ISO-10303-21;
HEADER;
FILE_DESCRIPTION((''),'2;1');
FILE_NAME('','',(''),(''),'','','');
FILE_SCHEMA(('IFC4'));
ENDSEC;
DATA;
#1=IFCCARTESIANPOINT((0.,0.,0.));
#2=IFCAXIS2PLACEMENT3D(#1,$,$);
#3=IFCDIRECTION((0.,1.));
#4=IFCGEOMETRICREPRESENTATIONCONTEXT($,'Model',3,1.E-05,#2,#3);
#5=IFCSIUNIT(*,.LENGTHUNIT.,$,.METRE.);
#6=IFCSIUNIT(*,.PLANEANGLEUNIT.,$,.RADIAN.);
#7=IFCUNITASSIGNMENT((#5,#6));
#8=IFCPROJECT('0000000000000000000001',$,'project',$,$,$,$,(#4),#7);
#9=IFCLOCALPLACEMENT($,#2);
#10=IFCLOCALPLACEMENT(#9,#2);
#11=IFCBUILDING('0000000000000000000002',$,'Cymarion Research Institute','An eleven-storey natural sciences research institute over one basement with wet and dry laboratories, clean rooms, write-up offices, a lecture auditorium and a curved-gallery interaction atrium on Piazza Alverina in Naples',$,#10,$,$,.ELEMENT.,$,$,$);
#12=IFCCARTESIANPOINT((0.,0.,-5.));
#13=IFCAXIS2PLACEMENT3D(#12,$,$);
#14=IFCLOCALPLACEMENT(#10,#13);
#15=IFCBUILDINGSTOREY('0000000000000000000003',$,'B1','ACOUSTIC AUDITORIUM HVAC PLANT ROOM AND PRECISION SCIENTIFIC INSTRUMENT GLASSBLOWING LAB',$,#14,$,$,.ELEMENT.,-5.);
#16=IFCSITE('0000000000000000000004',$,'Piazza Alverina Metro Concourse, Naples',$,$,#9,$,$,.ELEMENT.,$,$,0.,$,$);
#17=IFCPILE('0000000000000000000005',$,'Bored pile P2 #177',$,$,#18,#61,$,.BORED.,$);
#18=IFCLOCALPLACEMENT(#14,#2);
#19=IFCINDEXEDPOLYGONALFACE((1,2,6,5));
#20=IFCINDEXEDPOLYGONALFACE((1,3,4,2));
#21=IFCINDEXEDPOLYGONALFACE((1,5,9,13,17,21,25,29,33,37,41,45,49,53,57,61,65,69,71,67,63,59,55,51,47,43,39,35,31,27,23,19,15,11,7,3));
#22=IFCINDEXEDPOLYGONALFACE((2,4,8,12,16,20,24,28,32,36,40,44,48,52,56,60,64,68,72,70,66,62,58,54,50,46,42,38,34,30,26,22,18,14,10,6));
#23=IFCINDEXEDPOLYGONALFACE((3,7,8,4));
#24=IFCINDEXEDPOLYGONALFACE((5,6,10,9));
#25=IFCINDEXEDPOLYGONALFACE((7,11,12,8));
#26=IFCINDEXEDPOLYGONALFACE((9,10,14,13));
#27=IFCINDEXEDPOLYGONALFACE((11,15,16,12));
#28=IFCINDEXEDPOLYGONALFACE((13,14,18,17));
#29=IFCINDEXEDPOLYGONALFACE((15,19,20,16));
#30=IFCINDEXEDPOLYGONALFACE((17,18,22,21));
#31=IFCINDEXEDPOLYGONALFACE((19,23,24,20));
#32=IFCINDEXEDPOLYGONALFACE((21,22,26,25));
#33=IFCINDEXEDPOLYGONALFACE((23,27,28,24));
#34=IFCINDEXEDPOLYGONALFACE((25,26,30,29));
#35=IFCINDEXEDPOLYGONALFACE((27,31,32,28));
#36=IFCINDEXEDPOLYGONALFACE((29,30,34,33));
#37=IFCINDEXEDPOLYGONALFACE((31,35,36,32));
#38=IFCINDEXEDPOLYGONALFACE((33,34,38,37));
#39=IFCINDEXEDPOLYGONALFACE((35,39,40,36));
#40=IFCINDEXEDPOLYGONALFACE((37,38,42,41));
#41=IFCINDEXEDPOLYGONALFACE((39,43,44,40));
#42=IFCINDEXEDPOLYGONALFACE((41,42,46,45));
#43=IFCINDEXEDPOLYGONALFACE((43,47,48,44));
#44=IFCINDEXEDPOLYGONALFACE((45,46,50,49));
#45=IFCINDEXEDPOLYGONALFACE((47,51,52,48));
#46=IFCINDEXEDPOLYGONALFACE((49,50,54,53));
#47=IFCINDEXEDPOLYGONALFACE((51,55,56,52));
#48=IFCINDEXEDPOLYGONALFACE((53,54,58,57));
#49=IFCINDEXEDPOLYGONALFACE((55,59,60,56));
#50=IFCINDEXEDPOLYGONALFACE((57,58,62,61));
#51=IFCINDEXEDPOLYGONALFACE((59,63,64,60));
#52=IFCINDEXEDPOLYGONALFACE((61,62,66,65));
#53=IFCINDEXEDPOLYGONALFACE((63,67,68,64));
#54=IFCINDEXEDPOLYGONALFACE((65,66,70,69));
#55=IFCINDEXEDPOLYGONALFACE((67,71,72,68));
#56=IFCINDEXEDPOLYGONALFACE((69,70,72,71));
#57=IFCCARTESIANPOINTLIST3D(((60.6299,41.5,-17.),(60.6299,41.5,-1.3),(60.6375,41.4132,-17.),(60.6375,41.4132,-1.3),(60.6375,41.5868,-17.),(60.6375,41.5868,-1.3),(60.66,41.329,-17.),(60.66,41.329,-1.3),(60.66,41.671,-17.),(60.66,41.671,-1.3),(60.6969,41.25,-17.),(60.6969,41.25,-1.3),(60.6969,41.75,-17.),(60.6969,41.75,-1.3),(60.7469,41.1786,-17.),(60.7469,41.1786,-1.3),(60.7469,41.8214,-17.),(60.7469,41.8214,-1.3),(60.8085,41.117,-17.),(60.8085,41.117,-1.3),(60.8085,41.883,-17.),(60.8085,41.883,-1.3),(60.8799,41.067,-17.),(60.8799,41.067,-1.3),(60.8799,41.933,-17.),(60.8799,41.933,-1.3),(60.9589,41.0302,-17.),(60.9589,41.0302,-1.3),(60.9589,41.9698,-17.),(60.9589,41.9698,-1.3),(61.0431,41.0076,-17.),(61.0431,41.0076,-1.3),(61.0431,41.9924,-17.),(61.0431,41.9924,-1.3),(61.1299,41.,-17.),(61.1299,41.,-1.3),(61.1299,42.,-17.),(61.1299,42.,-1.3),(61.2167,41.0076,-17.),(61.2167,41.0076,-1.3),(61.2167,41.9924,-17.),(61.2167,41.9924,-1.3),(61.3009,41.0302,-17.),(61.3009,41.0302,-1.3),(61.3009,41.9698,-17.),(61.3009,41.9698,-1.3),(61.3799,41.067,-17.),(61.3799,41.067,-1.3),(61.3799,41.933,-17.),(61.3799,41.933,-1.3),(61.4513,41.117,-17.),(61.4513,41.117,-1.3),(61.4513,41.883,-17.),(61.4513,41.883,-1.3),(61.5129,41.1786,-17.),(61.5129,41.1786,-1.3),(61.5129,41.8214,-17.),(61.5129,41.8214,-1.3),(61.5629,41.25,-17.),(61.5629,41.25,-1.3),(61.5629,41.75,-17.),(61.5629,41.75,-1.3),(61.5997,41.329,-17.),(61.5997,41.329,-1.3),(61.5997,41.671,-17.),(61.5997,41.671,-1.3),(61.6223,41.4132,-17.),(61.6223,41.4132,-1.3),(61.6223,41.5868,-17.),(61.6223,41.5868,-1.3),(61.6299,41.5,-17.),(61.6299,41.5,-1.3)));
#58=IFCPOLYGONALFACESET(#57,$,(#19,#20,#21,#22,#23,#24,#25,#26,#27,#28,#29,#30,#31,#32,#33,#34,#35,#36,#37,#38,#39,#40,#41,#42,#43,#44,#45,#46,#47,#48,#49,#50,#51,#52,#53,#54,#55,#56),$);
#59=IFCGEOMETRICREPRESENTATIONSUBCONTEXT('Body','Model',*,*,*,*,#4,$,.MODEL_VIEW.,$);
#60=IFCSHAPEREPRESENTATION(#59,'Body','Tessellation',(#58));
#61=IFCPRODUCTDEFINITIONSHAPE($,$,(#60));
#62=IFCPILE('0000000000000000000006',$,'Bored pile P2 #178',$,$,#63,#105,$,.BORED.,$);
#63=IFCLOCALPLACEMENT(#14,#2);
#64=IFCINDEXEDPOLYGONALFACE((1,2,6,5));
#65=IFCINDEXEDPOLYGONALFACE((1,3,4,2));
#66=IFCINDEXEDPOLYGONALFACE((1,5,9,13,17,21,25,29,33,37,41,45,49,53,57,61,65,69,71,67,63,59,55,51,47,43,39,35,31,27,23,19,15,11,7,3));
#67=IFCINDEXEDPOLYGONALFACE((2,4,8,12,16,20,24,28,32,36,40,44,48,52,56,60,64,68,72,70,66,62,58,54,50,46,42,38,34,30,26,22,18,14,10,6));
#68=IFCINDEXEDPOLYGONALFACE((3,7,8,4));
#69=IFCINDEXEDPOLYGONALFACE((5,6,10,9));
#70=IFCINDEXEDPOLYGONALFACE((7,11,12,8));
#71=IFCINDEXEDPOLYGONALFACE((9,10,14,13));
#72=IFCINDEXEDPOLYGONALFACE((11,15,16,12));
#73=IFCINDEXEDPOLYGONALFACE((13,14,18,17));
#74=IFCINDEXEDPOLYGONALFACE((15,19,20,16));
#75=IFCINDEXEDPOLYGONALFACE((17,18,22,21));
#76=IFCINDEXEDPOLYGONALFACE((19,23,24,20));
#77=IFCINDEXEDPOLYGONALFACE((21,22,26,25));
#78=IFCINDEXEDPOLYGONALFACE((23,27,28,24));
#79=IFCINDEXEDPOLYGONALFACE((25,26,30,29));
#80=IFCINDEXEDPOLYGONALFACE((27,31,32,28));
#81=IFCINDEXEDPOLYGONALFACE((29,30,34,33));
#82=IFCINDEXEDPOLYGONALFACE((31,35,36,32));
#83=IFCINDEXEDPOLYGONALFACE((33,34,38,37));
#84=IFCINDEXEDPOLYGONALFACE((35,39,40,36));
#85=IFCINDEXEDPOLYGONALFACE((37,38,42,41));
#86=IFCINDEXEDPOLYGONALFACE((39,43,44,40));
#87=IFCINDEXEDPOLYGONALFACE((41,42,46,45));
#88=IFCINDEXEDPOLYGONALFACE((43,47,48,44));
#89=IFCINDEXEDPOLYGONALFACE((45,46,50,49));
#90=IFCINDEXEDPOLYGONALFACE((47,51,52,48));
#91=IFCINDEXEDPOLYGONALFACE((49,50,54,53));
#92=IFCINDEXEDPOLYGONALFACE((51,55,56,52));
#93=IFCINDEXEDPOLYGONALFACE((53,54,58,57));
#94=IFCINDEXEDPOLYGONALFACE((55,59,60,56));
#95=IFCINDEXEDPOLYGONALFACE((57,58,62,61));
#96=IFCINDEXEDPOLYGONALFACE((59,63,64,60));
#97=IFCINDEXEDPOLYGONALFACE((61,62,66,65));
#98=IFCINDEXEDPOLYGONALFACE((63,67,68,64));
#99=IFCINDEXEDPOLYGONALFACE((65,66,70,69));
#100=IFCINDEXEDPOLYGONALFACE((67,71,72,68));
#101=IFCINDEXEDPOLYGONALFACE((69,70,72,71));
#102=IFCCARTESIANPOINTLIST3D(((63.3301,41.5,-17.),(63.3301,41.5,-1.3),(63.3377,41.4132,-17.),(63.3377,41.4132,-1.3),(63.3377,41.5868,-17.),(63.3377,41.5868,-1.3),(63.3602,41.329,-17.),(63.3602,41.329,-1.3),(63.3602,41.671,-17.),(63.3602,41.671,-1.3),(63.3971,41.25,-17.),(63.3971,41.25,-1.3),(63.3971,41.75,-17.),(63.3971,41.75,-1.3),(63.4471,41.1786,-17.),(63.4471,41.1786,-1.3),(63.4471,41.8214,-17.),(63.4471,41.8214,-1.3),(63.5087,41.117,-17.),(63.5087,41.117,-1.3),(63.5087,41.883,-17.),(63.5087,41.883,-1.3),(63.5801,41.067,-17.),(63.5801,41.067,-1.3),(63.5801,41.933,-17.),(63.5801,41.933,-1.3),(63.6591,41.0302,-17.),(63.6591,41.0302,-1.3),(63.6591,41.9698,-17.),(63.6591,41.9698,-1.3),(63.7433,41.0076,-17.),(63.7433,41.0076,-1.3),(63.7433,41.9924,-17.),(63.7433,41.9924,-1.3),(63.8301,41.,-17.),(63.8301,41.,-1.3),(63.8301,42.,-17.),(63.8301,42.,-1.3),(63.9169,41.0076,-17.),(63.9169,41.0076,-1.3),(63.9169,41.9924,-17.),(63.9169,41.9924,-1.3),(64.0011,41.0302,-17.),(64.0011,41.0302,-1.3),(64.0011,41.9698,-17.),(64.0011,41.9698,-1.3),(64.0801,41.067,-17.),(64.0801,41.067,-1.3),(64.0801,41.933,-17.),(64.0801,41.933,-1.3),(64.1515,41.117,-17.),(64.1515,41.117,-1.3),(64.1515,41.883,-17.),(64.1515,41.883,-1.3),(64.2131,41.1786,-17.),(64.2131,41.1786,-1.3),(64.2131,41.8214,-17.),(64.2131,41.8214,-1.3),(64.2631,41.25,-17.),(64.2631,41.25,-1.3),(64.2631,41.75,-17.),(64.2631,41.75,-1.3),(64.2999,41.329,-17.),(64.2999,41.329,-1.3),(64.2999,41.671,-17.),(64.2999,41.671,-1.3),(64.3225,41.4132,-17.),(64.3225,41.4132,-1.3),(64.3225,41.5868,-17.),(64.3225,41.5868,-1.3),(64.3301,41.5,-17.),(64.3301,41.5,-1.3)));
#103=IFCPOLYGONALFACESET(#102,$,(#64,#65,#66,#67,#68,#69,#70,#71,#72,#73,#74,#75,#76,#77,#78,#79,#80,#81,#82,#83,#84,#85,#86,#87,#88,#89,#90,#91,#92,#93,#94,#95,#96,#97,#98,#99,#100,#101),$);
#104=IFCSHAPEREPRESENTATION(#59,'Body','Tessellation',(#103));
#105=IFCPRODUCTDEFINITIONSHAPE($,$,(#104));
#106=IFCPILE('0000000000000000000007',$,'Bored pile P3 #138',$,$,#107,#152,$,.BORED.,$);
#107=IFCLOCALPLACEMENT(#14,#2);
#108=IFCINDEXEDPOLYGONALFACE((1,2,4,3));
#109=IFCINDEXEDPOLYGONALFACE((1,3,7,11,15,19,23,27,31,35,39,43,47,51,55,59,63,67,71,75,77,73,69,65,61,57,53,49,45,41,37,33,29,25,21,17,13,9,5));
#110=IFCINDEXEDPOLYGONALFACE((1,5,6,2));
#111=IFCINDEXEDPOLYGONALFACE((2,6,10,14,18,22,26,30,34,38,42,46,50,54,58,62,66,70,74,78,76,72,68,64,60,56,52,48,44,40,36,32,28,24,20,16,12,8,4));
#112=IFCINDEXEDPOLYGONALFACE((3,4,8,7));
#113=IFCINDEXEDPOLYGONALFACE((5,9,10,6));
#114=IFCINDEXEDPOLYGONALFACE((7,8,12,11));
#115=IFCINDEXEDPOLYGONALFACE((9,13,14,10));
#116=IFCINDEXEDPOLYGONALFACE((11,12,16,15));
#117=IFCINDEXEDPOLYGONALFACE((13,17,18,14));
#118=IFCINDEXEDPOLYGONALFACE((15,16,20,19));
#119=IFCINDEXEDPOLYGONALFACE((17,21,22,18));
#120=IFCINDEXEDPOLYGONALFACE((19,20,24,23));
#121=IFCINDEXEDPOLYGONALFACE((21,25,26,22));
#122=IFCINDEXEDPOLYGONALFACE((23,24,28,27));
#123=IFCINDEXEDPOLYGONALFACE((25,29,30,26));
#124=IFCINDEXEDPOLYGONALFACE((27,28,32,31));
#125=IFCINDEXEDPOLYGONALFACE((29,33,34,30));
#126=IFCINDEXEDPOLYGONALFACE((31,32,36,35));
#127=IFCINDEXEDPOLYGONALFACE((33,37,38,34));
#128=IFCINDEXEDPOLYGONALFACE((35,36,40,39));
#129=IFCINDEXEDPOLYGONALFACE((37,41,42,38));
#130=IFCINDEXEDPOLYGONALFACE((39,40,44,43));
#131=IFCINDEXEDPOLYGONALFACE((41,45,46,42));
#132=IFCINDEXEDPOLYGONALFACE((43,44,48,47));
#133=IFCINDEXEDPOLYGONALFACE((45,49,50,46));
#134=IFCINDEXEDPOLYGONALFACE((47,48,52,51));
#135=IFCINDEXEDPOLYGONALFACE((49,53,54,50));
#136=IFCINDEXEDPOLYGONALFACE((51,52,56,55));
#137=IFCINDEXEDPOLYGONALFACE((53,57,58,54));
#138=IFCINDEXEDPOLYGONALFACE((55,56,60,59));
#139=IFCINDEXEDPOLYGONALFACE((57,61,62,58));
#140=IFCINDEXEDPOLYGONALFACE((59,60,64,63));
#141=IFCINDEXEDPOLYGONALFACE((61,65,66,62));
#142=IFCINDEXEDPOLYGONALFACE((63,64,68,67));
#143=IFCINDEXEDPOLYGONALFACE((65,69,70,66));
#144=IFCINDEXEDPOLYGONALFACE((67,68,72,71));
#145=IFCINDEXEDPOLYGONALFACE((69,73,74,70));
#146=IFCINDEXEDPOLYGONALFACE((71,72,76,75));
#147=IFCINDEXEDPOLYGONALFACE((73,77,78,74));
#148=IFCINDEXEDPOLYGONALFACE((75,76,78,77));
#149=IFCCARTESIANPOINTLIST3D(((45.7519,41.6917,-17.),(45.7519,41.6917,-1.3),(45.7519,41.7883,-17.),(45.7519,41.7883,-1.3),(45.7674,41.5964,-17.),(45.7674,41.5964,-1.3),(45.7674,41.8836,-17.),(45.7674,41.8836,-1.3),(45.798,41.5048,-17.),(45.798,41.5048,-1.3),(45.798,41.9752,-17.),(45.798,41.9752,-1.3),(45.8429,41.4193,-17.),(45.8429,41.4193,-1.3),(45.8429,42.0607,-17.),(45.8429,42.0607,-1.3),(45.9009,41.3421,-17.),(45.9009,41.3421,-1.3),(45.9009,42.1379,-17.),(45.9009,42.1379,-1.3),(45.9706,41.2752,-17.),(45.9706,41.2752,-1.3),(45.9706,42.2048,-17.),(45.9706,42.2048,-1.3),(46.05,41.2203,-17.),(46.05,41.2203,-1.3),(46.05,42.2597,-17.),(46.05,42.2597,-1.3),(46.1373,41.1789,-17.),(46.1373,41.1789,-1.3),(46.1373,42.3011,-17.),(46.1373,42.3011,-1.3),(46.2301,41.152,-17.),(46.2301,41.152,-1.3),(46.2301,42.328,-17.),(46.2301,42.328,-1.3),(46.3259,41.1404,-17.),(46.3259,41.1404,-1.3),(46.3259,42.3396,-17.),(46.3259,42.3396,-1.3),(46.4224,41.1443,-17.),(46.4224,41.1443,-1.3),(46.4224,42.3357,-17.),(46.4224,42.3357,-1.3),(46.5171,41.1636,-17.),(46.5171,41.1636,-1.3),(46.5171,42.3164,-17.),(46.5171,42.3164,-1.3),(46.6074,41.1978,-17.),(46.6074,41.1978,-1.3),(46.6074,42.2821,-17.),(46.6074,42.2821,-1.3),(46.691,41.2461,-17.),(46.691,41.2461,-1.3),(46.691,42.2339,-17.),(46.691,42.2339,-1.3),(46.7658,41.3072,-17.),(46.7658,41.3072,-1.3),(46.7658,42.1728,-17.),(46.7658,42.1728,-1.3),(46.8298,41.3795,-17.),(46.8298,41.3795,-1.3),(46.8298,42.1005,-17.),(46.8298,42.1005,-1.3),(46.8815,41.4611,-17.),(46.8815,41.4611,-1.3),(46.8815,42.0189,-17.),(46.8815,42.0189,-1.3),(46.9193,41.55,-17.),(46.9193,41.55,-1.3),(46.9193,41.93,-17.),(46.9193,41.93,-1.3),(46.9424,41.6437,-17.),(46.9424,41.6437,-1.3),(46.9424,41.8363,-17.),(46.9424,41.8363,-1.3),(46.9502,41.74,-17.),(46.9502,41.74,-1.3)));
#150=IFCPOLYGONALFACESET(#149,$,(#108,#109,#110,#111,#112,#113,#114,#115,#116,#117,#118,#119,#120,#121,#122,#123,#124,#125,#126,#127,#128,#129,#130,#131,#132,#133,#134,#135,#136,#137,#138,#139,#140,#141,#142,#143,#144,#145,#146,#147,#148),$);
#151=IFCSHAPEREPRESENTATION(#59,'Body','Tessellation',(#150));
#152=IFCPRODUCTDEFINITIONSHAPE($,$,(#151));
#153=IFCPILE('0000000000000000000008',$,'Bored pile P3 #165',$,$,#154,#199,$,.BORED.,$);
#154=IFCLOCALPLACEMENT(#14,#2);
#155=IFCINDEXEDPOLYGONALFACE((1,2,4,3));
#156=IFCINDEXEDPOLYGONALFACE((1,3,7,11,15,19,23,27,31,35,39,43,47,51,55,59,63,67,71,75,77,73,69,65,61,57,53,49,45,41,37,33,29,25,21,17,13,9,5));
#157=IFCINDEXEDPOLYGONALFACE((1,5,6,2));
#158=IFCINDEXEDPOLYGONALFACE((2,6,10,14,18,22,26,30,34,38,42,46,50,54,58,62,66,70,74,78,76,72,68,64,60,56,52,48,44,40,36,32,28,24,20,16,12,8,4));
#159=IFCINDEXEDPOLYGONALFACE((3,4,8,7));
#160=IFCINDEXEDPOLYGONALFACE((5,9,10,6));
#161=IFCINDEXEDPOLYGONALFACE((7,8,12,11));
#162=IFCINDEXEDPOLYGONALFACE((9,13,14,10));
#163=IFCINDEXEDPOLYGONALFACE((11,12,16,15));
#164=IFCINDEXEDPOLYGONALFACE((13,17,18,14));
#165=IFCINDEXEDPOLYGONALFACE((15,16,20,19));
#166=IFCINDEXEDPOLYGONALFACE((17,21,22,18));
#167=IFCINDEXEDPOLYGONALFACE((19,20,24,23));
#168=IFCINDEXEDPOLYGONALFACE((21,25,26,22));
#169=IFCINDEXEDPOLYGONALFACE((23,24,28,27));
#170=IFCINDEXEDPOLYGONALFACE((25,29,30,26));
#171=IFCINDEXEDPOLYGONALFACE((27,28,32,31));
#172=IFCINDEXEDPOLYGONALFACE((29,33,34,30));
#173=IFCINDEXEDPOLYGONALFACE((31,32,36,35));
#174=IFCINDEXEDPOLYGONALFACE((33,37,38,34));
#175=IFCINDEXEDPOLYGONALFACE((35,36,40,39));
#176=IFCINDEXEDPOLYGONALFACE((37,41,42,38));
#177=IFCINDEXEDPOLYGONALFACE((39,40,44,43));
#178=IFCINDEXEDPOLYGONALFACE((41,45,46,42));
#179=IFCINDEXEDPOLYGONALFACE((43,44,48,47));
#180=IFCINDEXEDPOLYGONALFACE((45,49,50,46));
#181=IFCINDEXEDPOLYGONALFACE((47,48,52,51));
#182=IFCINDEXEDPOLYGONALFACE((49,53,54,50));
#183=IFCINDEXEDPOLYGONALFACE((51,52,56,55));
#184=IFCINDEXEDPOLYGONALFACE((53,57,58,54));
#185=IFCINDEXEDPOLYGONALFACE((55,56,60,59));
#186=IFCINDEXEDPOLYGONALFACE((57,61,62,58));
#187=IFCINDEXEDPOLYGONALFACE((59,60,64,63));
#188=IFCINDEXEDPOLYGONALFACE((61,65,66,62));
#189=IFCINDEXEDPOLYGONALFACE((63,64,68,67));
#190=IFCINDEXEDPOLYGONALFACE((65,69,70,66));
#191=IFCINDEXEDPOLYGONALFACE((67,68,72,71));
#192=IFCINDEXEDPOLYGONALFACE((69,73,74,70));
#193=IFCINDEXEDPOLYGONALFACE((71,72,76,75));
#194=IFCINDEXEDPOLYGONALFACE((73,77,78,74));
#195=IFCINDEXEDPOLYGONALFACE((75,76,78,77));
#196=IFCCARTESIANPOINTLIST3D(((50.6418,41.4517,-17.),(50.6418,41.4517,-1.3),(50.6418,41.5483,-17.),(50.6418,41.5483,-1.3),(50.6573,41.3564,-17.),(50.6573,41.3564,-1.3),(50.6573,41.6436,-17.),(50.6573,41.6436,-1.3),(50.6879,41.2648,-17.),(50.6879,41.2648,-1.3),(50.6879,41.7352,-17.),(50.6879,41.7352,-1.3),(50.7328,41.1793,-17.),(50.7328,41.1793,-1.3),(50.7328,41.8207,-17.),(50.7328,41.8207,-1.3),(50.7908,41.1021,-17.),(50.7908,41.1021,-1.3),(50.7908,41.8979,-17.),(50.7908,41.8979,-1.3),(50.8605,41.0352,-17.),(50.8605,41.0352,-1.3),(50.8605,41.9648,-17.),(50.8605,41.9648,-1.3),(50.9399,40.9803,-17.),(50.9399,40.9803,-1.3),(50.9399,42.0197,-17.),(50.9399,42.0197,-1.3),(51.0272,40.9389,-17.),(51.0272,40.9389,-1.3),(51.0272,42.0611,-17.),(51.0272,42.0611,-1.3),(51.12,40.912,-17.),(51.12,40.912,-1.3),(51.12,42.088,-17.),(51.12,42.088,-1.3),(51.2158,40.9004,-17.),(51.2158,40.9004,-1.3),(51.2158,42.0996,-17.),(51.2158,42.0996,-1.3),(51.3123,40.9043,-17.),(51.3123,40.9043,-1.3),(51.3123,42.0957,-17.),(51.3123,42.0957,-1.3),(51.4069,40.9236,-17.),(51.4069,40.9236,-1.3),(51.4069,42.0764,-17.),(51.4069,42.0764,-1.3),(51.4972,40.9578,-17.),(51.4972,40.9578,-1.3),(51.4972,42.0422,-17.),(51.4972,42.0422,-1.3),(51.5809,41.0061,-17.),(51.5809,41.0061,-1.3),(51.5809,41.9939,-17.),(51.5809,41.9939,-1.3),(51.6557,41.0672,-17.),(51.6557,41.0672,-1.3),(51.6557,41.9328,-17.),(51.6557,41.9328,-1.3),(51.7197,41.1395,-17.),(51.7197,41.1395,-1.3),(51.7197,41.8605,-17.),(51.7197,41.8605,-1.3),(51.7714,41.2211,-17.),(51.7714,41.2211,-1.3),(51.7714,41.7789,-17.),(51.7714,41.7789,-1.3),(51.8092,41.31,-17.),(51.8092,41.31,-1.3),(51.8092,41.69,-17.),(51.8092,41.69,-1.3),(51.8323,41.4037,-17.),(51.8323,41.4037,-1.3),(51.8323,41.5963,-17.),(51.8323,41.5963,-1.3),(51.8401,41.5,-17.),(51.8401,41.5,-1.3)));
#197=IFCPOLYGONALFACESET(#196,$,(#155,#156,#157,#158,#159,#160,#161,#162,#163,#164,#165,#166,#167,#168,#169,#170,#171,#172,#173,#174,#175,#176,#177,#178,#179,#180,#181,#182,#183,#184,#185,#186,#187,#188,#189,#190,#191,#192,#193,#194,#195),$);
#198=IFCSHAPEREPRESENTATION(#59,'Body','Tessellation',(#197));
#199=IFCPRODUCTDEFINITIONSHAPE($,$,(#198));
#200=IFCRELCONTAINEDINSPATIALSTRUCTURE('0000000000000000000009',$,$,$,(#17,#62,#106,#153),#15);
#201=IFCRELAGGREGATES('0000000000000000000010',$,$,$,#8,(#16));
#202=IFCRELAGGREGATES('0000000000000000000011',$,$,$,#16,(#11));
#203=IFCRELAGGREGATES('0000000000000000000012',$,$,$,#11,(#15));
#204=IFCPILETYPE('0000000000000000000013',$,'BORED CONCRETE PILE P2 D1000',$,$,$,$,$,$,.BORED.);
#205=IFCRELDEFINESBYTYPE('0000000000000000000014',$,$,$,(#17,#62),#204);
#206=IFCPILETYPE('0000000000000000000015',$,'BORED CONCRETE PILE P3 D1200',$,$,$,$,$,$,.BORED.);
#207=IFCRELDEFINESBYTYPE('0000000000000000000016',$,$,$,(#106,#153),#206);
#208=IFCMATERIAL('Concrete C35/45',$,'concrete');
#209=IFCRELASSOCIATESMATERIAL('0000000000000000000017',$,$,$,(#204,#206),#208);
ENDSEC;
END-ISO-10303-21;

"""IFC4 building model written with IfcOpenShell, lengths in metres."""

from ifc_helpers import new_model, si_unit, direction, frame, origin, origin_2d, place, context, subcontext, project, spatial, circle, extrude, material, material_profile, profile_set, type_object, element, save


model = new_model("IFC4")

# Units and contexts
model_context = context("Model", 3, precision=1e-05, world=origin(), true_north=direction((0.0, 1.0)))
body_context = subcontext(model_context, "Body", "Model", "MODEL_VIEW")
ifc_project = project(units=[si_unit("LENGTHUNIT", "METRE"), si_unit("PLANEANGLEUNIT", "RADIAN")], contexts=[model_context])

# Site, building, storey
site_placement = place(None, origin())
site = spatial("IfcSite", under=ifc_project, at=site_placement, Name="Piazza Alverina Metro Concourse, Naples", CompositionType="ELEMENT", RefElevation=0.0)
building_placement = place(site_placement, origin())
building = spatial("IfcBuilding", under=site, at=building_placement, Name="Cymarion Research Institute", Description="An eleven-storey natural sciences research institute over one basement with wet and dry laboratories, clean rooms, write-up offices, a lecture auditorium and a curved-gallery interaction atrium on Piazza Alverina in Naples", CompositionType="ELEMENT")
storey_placement = place(building_placement, frame((0.0, 0.0, -5.0)))
storey = spatial("IfcBuildingStorey", under=building, at=storey_placement, Name="B1", Description="ACOUSTIC AUDITORIUM HVAC PLANT ROOM AND PRECISION SCIENTIFIC INSTRUMENT GLASSBLOWING LAB", CompositionType="ELEMENT", Elevation=-5.0)

# Piles
ifc_material_1 = material(Name="Concrete C35/45", Category="concrete")
ifc_material_profile_1 = material_profile(ifc_material_1, circle(Radius=0.5, at=origin_2d()), Name="BORED PILE D1000")
ifc_profile_set_1 = profile_set([ifc_material_profile_1], Name="Concrete C35/45")
pile_type_1 = type_object("IfcPileType", Name="BORED CONCRETE PILE P2 D1000", PredefinedType="BORED", material=ifc_profile_set_1)
for number, where, z_axis, x_axis, name in (
    (1, (61.1299, 41.5, -1.3), (0.0, 0.0, -1.0), (1.0, 0.0, 0.0), "Bored pile P2 #177"),
    (2, (63.8301, 41.5, -1.3), (0.0, 0.0, -1.0), (1.0, 0.0, 0.0), "Bored pile P2 #178"),
):
    element("IfcPile", number, at=place(storey_placement, frame(where, z_axis=z_axis, x_axis=x_axis)), inside=storey, type_object=pile_type_1, Name=name, PredefinedType="BORED", context=body_context, shape_type="SweptSolid", body=[
        extrude(circle(Radius=0.5, at=origin_2d()), origin(), (0.0, 0.0, 1.0), 15.7),
    ])
ifc_material_profile_2 = material_profile(ifc_material_1, circle(Radius=0.6001, at=origin_2d()), Name="BORED PILE D1200")
ifc_profile_set_2 = profile_set([ifc_material_profile_2], Name="Concrete C35/45")
pile_type_2 = type_object("IfcPileType", Name="BORED CONCRETE PILE P3 D1200", PredefinedType="BORED", material=ifc_profile_set_2)
for number, where, z_axis, x_axis, name in (
    (3, (46.3501, 41.74, -1.3), (0.0, 0.0, -1.0), (1.0, 0.0, 0.0), "Bored pile P3 #138"),
    (4, (51.24, 41.5, -1.3), (0.0, 0.0, -1.0), (1.0, 0.0, 0.0), "Bored pile P3 #165"),
):
    element("IfcPile", number, at=place(storey_placement, frame(where, z_axis=z_axis, x_axis=x_axis)), inside=storey, type_object=pile_type_2, Name=name, PredefinedType="BORED", context=body_context, shape_type="SweptSolid", body=[
        extrude(circle(Radius=0.6001, at=origin_2d()), origin(), (0.0, 0.0, 1.0), 15.7),
    ])

save(model, "model.ifc")
